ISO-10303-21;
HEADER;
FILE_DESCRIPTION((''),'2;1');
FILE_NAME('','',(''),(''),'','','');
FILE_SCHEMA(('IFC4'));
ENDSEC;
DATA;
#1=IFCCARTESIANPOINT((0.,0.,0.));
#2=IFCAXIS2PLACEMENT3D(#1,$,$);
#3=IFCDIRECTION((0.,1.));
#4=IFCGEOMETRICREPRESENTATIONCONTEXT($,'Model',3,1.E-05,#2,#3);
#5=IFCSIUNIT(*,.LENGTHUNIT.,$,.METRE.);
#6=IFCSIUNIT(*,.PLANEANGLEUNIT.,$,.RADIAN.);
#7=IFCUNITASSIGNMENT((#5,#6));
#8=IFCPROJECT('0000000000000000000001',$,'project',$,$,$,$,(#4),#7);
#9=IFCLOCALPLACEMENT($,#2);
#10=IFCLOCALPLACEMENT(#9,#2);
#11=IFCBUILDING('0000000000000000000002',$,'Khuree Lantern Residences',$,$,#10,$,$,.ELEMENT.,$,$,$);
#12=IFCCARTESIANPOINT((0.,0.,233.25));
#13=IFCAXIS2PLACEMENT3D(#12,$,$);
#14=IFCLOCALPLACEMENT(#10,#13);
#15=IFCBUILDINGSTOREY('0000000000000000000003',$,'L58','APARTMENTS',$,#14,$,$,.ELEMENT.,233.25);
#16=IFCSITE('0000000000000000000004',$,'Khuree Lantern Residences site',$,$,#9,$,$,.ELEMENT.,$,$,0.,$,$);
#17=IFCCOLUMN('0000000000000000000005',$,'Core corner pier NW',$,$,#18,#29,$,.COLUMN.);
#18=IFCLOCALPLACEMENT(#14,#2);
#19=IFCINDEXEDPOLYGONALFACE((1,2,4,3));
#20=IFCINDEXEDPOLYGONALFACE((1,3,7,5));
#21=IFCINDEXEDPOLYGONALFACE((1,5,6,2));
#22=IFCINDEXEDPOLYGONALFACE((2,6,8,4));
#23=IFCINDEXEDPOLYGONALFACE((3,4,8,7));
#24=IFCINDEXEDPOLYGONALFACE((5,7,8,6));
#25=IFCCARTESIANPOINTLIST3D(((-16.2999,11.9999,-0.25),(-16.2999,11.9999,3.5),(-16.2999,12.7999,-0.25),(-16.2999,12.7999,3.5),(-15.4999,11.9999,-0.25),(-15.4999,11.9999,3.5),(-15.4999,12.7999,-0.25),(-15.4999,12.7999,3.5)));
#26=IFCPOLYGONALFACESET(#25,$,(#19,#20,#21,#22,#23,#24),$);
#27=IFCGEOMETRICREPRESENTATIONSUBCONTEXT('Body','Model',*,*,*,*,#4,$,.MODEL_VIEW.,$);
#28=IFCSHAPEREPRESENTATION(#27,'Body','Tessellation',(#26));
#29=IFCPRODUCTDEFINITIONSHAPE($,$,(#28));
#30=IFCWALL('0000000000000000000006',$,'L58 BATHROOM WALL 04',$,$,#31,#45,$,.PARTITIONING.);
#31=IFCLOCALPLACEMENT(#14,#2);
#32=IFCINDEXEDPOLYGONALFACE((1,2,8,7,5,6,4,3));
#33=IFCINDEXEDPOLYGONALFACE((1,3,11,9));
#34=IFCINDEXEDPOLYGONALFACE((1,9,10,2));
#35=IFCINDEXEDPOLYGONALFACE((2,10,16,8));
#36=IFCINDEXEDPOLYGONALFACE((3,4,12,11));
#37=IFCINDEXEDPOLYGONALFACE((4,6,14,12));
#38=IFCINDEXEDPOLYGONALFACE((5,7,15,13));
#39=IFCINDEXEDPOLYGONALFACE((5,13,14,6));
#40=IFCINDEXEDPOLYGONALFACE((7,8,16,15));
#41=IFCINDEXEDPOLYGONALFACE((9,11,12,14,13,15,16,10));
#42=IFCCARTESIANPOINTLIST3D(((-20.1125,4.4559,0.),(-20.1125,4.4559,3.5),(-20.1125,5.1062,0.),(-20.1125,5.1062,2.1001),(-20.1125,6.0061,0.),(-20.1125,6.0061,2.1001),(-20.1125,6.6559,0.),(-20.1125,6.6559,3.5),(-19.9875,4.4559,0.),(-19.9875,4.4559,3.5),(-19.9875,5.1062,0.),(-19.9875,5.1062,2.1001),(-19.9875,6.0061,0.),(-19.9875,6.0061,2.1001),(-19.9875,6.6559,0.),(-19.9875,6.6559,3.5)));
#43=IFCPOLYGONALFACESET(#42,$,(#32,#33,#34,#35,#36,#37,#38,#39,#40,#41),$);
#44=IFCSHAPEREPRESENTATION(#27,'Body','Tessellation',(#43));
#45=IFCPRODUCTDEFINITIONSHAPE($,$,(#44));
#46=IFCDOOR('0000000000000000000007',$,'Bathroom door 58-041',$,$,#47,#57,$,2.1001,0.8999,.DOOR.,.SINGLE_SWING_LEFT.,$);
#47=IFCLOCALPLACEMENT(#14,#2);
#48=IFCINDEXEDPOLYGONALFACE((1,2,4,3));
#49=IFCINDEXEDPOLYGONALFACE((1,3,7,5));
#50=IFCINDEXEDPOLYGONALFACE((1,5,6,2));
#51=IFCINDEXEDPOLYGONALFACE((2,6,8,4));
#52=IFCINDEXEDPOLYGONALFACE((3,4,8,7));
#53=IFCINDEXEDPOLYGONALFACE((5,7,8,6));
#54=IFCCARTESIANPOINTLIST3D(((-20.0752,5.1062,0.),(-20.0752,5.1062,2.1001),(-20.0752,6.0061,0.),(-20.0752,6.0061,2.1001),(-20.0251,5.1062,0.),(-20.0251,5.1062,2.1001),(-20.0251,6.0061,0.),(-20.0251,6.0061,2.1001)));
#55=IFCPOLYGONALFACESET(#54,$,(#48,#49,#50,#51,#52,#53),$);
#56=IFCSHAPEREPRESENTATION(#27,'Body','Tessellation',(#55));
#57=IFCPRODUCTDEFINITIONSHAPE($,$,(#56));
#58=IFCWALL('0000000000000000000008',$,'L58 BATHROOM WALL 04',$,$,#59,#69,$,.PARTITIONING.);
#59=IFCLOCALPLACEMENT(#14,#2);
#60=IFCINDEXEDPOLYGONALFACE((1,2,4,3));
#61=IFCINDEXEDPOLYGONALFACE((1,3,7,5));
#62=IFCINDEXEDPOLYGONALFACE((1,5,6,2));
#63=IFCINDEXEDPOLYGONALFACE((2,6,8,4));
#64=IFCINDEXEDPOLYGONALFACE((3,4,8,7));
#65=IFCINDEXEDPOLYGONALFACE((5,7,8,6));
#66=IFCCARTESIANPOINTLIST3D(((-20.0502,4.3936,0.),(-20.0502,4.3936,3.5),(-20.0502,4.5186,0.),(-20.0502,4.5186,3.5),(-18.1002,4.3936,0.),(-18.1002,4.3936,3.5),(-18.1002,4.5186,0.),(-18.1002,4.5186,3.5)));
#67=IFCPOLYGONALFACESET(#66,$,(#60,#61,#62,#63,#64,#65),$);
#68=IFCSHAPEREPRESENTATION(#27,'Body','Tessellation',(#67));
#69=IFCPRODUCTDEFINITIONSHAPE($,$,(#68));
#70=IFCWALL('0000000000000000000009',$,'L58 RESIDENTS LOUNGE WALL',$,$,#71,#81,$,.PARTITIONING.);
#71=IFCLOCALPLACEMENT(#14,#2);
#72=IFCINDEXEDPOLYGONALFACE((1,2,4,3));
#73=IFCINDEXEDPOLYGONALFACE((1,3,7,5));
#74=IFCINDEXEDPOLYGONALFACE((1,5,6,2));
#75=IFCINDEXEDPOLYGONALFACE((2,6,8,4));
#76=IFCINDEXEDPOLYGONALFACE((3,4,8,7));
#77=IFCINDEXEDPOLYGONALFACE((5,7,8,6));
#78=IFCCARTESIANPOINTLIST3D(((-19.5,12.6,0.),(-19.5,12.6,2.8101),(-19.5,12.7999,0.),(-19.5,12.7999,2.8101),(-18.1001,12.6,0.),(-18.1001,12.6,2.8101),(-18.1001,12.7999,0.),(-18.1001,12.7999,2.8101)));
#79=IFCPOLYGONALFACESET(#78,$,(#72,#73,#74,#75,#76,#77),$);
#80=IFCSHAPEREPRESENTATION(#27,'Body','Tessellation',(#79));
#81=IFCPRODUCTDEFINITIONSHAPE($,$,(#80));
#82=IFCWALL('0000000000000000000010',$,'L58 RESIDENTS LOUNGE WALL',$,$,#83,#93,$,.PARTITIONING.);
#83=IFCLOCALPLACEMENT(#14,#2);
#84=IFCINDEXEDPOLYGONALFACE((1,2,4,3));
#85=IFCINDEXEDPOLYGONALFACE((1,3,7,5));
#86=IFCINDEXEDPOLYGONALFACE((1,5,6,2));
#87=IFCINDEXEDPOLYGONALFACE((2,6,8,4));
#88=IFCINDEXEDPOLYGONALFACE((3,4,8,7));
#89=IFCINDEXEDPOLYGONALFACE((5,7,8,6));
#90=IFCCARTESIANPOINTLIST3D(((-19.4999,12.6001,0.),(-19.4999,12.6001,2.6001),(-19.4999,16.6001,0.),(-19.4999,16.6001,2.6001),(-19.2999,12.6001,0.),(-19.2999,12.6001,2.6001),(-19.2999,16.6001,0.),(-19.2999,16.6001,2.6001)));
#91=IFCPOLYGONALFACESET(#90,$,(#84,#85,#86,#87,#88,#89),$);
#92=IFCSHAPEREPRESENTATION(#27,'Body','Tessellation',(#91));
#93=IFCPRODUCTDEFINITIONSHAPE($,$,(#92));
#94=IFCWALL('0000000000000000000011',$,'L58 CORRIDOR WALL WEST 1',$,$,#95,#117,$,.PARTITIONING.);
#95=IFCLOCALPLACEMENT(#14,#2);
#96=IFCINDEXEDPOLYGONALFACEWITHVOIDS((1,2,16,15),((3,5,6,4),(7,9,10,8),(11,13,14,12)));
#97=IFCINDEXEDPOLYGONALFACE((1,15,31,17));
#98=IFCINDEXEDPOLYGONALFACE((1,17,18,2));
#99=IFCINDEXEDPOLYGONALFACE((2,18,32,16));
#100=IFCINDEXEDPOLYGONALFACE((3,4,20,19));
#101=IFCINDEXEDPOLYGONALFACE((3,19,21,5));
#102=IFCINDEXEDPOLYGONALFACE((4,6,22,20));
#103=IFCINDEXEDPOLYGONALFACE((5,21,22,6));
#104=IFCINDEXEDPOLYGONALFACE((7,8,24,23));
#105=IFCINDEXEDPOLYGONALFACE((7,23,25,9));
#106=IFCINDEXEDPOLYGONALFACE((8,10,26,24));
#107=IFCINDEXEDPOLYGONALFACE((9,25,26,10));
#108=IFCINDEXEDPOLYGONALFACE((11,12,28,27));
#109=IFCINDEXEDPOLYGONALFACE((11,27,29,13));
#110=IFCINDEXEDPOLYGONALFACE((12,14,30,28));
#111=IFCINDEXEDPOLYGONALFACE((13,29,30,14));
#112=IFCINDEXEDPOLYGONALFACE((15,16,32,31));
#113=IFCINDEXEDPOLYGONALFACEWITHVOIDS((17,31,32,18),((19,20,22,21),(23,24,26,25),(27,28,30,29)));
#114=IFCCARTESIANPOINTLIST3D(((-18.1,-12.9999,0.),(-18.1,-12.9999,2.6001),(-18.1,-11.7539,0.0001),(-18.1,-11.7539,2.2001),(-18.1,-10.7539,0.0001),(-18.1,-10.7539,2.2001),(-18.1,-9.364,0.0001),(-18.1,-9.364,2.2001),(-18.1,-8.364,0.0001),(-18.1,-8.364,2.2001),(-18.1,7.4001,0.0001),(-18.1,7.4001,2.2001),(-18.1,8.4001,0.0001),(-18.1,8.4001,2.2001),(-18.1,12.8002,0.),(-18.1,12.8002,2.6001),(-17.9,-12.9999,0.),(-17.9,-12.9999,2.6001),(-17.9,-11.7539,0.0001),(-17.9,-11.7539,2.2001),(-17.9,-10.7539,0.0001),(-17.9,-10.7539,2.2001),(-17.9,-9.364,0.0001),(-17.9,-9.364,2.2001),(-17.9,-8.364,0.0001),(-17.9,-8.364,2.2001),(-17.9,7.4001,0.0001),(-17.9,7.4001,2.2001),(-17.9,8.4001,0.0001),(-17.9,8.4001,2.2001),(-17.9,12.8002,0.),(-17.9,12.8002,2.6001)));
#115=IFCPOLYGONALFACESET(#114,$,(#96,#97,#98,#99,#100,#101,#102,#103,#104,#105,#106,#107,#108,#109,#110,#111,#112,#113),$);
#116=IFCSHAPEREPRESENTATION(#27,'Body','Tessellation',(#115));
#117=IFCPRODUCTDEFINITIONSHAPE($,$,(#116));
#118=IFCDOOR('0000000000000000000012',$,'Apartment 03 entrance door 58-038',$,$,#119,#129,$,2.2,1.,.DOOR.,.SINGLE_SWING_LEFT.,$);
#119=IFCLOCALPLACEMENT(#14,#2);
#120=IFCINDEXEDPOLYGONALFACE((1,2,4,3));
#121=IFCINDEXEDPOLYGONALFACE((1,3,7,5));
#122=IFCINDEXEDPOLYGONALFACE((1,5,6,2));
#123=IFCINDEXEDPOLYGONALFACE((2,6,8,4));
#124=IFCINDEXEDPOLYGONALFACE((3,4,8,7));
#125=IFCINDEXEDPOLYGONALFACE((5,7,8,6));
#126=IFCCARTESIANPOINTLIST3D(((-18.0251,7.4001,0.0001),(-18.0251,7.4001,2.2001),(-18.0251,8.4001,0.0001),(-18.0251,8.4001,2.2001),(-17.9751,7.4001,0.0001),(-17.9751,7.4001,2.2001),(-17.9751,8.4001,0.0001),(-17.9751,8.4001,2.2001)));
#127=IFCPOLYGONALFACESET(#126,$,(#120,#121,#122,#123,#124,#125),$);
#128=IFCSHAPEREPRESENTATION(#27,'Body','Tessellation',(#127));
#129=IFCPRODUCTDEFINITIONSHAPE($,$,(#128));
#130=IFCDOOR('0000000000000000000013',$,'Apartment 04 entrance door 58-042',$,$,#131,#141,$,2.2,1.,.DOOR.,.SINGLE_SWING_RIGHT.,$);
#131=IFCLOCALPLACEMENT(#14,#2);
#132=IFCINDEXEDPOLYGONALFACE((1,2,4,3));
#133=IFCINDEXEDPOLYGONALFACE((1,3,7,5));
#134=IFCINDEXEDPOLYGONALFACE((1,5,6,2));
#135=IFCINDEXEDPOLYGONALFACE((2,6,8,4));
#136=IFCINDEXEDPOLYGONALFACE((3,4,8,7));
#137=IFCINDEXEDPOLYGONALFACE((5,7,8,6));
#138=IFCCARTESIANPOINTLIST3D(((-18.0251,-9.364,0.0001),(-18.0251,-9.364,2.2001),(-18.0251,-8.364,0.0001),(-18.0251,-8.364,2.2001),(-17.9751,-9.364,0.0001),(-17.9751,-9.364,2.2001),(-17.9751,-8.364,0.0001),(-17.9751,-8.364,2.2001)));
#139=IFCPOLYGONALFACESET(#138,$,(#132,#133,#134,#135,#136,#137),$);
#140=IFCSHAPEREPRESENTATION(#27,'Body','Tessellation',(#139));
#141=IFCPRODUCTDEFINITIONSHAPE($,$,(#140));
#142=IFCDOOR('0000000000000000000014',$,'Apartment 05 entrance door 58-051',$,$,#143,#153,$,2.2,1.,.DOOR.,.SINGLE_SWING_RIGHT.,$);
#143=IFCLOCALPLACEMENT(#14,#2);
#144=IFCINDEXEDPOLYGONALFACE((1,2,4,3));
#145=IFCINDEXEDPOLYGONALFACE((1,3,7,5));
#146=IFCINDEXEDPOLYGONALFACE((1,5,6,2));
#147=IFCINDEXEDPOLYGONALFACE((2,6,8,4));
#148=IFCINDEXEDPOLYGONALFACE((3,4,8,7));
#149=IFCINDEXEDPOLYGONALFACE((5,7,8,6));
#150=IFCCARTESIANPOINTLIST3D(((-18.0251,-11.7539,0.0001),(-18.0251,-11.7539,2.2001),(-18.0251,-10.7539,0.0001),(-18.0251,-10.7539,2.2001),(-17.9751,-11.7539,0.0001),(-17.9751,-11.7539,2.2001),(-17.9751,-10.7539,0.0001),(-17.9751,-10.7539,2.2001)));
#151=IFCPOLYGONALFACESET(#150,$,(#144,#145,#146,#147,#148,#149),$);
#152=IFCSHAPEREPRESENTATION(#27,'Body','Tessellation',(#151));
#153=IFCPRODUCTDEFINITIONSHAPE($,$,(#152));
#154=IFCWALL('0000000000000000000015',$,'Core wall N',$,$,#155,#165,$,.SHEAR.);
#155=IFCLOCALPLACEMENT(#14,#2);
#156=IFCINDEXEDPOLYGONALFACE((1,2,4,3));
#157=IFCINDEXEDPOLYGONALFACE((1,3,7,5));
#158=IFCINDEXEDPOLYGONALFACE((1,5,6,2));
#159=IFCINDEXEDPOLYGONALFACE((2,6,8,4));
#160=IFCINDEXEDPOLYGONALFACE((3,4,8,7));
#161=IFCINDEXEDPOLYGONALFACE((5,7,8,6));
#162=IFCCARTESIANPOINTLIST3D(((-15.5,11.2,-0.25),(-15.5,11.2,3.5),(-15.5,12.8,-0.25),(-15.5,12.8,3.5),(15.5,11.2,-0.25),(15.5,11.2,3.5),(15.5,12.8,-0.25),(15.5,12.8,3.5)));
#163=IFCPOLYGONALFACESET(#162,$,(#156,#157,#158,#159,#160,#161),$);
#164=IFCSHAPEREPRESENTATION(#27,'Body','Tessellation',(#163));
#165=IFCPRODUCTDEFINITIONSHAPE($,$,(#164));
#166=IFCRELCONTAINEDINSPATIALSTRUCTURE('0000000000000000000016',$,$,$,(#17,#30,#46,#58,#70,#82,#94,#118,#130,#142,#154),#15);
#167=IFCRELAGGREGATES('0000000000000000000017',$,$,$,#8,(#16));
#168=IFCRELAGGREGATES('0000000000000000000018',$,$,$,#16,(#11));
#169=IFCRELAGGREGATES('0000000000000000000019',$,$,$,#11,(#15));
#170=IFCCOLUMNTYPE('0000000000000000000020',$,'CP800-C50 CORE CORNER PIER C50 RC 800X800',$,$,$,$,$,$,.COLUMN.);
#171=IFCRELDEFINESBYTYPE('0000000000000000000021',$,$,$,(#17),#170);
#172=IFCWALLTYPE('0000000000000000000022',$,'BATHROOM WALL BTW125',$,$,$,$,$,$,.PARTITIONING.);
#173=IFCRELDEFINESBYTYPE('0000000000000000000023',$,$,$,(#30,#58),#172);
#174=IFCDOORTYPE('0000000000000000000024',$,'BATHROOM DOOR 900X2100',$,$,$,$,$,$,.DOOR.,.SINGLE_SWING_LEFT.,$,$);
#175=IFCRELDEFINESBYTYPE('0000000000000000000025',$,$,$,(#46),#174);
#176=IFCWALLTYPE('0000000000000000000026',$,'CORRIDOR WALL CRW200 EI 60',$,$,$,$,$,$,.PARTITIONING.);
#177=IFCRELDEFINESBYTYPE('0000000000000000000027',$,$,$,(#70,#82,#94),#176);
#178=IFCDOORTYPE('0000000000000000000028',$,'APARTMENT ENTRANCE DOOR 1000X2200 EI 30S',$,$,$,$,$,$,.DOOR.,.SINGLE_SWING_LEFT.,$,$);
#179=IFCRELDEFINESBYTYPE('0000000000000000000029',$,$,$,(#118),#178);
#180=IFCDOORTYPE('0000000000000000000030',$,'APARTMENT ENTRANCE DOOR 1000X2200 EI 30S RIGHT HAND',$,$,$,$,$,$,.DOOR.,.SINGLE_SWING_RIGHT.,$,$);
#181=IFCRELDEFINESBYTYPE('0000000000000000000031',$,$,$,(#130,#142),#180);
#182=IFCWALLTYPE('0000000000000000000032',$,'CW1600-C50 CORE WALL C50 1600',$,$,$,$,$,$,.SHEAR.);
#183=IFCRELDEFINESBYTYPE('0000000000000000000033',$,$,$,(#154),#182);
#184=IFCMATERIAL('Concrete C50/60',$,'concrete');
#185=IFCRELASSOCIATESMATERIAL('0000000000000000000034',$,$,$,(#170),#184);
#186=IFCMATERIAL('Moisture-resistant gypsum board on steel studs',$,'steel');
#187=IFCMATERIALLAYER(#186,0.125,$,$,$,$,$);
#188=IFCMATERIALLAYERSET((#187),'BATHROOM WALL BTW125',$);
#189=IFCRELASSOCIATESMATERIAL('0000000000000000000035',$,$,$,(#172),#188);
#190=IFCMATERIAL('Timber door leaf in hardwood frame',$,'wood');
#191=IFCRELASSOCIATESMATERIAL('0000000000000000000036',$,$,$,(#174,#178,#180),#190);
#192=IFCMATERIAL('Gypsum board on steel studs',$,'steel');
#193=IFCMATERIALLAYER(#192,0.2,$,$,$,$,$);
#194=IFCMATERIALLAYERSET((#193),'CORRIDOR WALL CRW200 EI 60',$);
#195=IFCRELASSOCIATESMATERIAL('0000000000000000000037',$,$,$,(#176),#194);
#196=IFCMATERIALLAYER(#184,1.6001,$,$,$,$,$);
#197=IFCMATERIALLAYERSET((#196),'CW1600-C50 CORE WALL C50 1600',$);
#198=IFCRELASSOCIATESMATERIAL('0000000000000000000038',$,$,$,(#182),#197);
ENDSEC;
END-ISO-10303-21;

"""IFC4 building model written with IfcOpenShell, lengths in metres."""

from ifc_helpers import new_model, si_unit, direction, frame, frame_2d, origin, origin_2d, place, context, subcontext, project, spatial, rectangle, extrude, material, layer, layer_set, material_profile, profile_set, type_object, element, fill, save


model = new_model("IFC4")

# Units and contexts
model_context = context("Model", 3, precision=1e-05, world=origin(), true_north=direction((0.0, 1.0)))
body_context = subcontext(model_context, "Body", "Model", "MODEL_VIEW")
ifc_project = project(units=[si_unit("LENGTHUNIT", "METRE"), si_unit("PLANEANGLEUNIT", "RADIAN")], contexts=[model_context])

# Site, building, storey
site_placement = place(None, origin())
site = spatial("IfcSite", under=ifc_project, at=site_placement, Name="Khuree Lantern Residences site", CompositionType="ELEMENT", RefElevation=0.0)
building_placement = place(site_placement, origin())
building = spatial("IfcBuilding", under=site, at=building_placement, Name="Khuree Lantern Residences", CompositionType="ELEMENT")
storey_placement = place(building_placement, frame((0.0, 0.0, 233.25)))
storey = spatial("IfcBuildingStorey", under=building, at=storey_placement, Name="L58", Description="APARTMENTS", CompositionType="ELEMENT", Elevation=233.25)

# Column
ifc_material_1 = material(Name="Concrete C50/60", Category="concrete")
ifc_material_profile = material_profile(ifc_material_1, rectangle(XDim=0.8, YDim=0.8, at=origin_2d()), Name="RC 800X800")
ifc_profile_set = profile_set([ifc_material_profile], Name="Concrete C50/60")
column_type = type_object("IfcColumnType", Name="CP800-C50 CORE CORNER PIER C50 RC 800X800", PredefinedType="COLUMN", material=ifc_profile_set)
column_placement = place(storey_placement, frame((-15.8999, 12.3999, -0.25), z_axis=(0.0, 0.0, 1.0), x_axis=(1.0, 0.0, 0.0)))
element("IfcColumn", 1, at=column_placement, inside=storey, type_object=column_type, Name="Core corner pier NW", PredefinedType="COLUMN", context=body_context, shape_type="SweptSolid", body=[
    extrude(rectangle(XDim=0.8, YDim=0.8, at=origin_2d()), origin(), (0.0, 0.0, 1.0), 3.75),
])

# Wall, opening, door
ifc_material_2 = material(Name="Moisture-resistant gypsum board on steel studs", Category="steel")
ifc_layer_1 = layer(ifc_material_2, 0.125)
ifc_layer_set_1 = layer_set([ifc_layer_1], Name="BATHROOM WALL BTW125")
wall_type_1 = type_object("IfcWallType", Name="BATHROOM WALL BTW125", PredefinedType="PARTITIONING", material=ifc_layer_set_1)
wall_1_placement = place(storey_placement, frame((-20.05, 6.656, 0.0), z_axis=(0.0, 0.0, 1.0), x_axis=(0.0, -1.0, 0.0)))
wall_1 = element("IfcWall", 2, at=wall_1_placement, inside=storey, type_object=wall_type_1, Name="L58 BATHROOM WALL 04", PredefinedType="PARTITIONING", context=body_context, shape_type="SweptSolid", body=[
    extrude(rectangle(XDim=2.2, YDim=0.125, at=frame_2d((1.1001, 0.0))), origin(), (0.0, 0.0, 1.0), 3.5),
])
opening_1_placement = place(wall_1_placement, frame((0.6499, 0.0, 0.0)))
opening_1 = element("IfcOpeningElement", 3, at=opening_1_placement, cuts=wall_1, PredefinedType="OPENING", context=body_context, shape_type="SweptSolid", body=[
    extrude(rectangle(XDim=0.8999, YDim=2.1001, at=frame_2d((0.45, 1.05))), frame((0.0, 0.0725, 0.0), z_axis=(0.0, -1.0, 0.0), x_axis=(1.0, 0.0, 0.0)), (0.0, 0.0, 1.0), 0.145),
])
ifc_material_3 = material(Name="Timber door leaf in hardwood frame", Category="wood")
door_type_1 = type_object("IfcDoorType", Name="BATHROOM DOOR 900X2100", OperationType="SINGLE_SWING_LEFT", PredefinedType="DOOR", material=ifc_material_3)
door_1_placement = place(opening_1_placement, origin())
door_1 = element("IfcDoor", 4, at=door_1_placement, inside=storey, type_object=door_type_1, Name="Bathroom door 58-041", OperationType="SINGLE_SWING_LEFT", OverallHeight=2.1001, OverallWidth=0.8999, PredefinedType="DOOR", context=body_context, shape_type="SweptSolid", body=[
    extrude(rectangle(XDim=0.8999, YDim=2.1001, at=frame_2d((0.45, 1.05))), frame((0.0, 0.0249, 0.0), z_axis=(0.0, -1.0, 0.0), x_axis=(1.0, 0.0, 0.0)), (0.0, 0.0, 1.0), 0.05),
])
fill(opening_1, door_1)

# Walls
wall_2_placement = place(storey_placement, frame((-18.1001, 4.4561, 0.0), z_axis=(0.0, 0.0, 1.0), x_axis=(-1.0, 0.0, 0.0)))
element("IfcWall", 5, at=wall_2_placement, inside=storey, type_object=wall_type_1, Name="L58 BATHROOM WALL 04", PredefinedType="PARTITIONING", context=body_context, shape_type="SweptSolid", body=[
    extrude(rectangle(XDim=1.95, YDim=0.125, at=frame_2d((0.9751, 0.0))), origin(), (0.0, 0.0, 1.0), 3.5),
])
ifc_material_4 = material(Name="Gypsum board on steel studs", Category="steel")
ifc_layer_2 = layer(ifc_material_4, 0.2)
ifc_layer_set_2 = layer_set([ifc_layer_2], Name="CORRIDOR WALL CRW200 EI 60")
wall_type_2 = type_object("IfcWallType", Name="CORRIDOR WALL CRW200 EI 60", PredefinedType="PARTITIONING", material=ifc_layer_set_2)
wall_3_placement = place(storey_placement, frame((-18.1001, 12.7, 0.0), z_axis=(0.0, 0.0, 1.0), x_axis=(-1.0, 0.0, 0.0)))
element("IfcWall", 6, at=wall_3_placement, inside=storey, type_object=wall_type_2, Name="L58 RESIDENTS LOUNGE WALL", PredefinedType="PARTITIONING", context=body_context, shape_type="SweptSolid", body=[
    extrude(rectangle(XDim=1.3999, YDim=0.2, at=frame_2d((0.7, 0.0))), origin(), (0.0, 0.0, 1.0), 2.8101),
])
wall_4_placement = place(storey_placement, frame((-19.3999, 12.6001, 0.0), z_axis=(0.0, 0.0, 1.0), x_axis=(0.0, 1.0, 0.0)))
element("IfcWall", 7, at=wall_4_placement, inside=storey, type_object=wall_type_2, Name="L58 RESIDENTS LOUNGE WALL", PredefinedType="PARTITIONING", context=body_context, shape_type="SweptSolid", body=[
    extrude(rectangle(XDim=4.0, YDim=0.2, at=frame_2d((2.0, 0.0))), origin(), (0.0, 0.0, 1.0), 2.6001),
])

# Wall, openings, doors
wall_5_placement = place(storey_placement, frame((-18.0, 12.8, 0.0), z_axis=(0.0, 0.0, 1.0), x_axis=(0.0, -1.0, 0.0)))
wall_5 = element("IfcWall", 8, at=wall_5_placement, inside=storey, type_object=wall_type_2, Name="L58 CORRIDOR WALL WEST 1", PredefinedType="PARTITIONING", context=body_context, shape_type="SweptSolid", body=[
    extrude(rectangle(XDim=25.8, YDim=0.2, at=frame_2d((12.8999, 0.0))), origin(), (0.0, 0.0, 1.0), 2.6001),
])
opening_2_placement = place(wall_5_placement, frame((4.3999, 0.0, 0.0)))
opening_2 = element("IfcOpeningElement", 9, at=opening_2_placement, cuts=wall_5, PredefinedType="OPENING", context=body_context, shape_type="SweptSolid", body=[
    extrude(rectangle(XDim=1.0, YDim=2.2, at=frame_2d((0.5, 1.1001))), frame((0.0, 0.1099, 0.0), z_axis=(0.0, -1.0, 0.0), x_axis=(1.0, 0.0, 0.0)), (0.0, 0.0, 1.0), 0.22),
])
opening_3_placement = place(wall_5_placement, frame((21.1641, 0.0, 0.0)))
opening_3 = element("IfcOpeningElement", 10, at=opening_3_placement, cuts=wall_5, PredefinedType="OPENING", context=body_context, shape_type="SweptSolid", body=[
    extrude(rectangle(XDim=1.0, YDim=2.2, at=frame_2d((0.5, 1.1001))), frame((0.0, 0.1099, 0.0), z_axis=(0.0, -1.0, 0.0), x_axis=(1.0, 0.0, 0.0)), (0.0, 0.0, 1.0), 0.22),
])
opening_4_placement = place(wall_5_placement, frame((23.554, 0.0, 0.0)))
opening_4 = element("IfcOpeningElement", 11, at=opening_4_placement, cuts=wall_5, PredefinedType="OPENING", context=body_context, shape_type="SweptSolid", body=[
    extrude(rectangle(XDim=1.0, YDim=2.2, at=frame_2d((0.5, 1.1001))), frame((0.0, 0.1099, 0.0), z_axis=(0.0, -1.0, 0.0), x_axis=(1.0, 0.0, 0.0)), (0.0, 0.0, 1.0), 0.22),
])
door_type_2 = type_object("IfcDoorType", Name="APARTMENT ENTRANCE DOOR 1000X2200 EI 30S", OperationType="SINGLE_SWING_LEFT", PredefinedType="DOOR", material=ifc_material_3)
door_2_placement = place(opening_2_placement, origin())
door_2 = element("IfcDoor", 12, at=door_2_placement, inside=storey, type_object=door_type_2, Name="Apartment 03 entrance door 58-038", OperationType="SINGLE_SWING_LEFT", OverallHeight=2.2, OverallWidth=1.0, PredefinedType="DOOR", context=body_context, shape_type="SweptSolid", body=[
    extrude(rectangle(XDim=1.0, YDim=2.2, at=frame_2d((0.5, 1.1001))), frame((0.0, 0.0249, 0.0), z_axis=(0.0, -1.0, 0.0), x_axis=(1.0, 0.0, 0.0)), (0.0, 0.0, 1.0), 0.05),
])
fill(opening_2, door_2)
door_type_3 = type_object("IfcDoorType", Name="APARTMENT ENTRANCE DOOR 1000X2200 EI 30S RIGHT HAND", OperationType="SINGLE_SWING_RIGHT", PredefinedType="DOOR", material=ifc_material_3)
door_3_placement = place(opening_3_placement, origin())
door_3 = element("IfcDoor", 13, at=door_3_placement, inside=storey, type_object=door_type_3, Name="Apartment 04 entrance door 58-042", OperationType="SINGLE_SWING_RIGHT", OverallHeight=2.2, OverallWidth=1.0, PredefinedType="DOOR", context=body_context, shape_type="SweptSolid", body=[
    extrude(rectangle(XDim=1.0, YDim=2.2, at=frame_2d((0.5, 1.1001))), frame((0.0, 0.0249, 0.0), z_axis=(0.0, -1.0, 0.0), x_axis=(1.0, 0.0, 0.0)), (0.0, 0.0, 1.0), 0.05),
])
fill(opening_3, door_3)
door_4_placement = place(opening_4_placement, origin())
door_4 = element("IfcDoor", 14, at=door_4_placement, inside=storey, type_object=door_type_3, Name="Apartment 05 entrance door 58-051", OperationType="SINGLE_SWING_RIGHT", OverallHeight=2.2, OverallWidth=1.0, PredefinedType="DOOR", context=body_context, shape_type="SweptSolid", body=[
    extrude(rectangle(XDim=1.0, YDim=2.2, at=frame_2d((0.5, 1.1001))), frame((0.0, 0.0249, 0.0), z_axis=(0.0, -1.0, 0.0), x_axis=(1.0, 0.0, 0.0)), (0.0, 0.0, 1.0), 0.05),
])
fill(opening_4, door_4)

# Wall
ifc_layer_3 = layer(ifc_material_1, 1.6001)
ifc_layer_set_3 = layer_set([ifc_layer_3], Name="CW1600-C50 CORE WALL C50 1600")
wall_type_3 = type_object("IfcWallType", Name="CW1600-C50 CORE WALL C50 1600", PredefinedType="SHEAR", material=ifc_layer_set_3)
wall_6_placement = place(storey_placement, frame((-15.5, 12.0, -0.25), z_axis=(0.0, 0.0, 1.0), x_axis=(1.0, 0.0, 0.0)))
element("IfcWall", 15, at=wall_6_placement, inside=storey, type_object=wall_type_3, Name="Core wall N", PredefinedType="SHEAR", context=body_context, shape_type="SweptSolid", body=[
    extrude(rectangle(XDim=31.0, YDim=1.6001, at=frame_2d((15.5, 0.0))), origin(), (0.0, 0.0, 1.0), 3.75),
])

save(model, "model.ifc")
